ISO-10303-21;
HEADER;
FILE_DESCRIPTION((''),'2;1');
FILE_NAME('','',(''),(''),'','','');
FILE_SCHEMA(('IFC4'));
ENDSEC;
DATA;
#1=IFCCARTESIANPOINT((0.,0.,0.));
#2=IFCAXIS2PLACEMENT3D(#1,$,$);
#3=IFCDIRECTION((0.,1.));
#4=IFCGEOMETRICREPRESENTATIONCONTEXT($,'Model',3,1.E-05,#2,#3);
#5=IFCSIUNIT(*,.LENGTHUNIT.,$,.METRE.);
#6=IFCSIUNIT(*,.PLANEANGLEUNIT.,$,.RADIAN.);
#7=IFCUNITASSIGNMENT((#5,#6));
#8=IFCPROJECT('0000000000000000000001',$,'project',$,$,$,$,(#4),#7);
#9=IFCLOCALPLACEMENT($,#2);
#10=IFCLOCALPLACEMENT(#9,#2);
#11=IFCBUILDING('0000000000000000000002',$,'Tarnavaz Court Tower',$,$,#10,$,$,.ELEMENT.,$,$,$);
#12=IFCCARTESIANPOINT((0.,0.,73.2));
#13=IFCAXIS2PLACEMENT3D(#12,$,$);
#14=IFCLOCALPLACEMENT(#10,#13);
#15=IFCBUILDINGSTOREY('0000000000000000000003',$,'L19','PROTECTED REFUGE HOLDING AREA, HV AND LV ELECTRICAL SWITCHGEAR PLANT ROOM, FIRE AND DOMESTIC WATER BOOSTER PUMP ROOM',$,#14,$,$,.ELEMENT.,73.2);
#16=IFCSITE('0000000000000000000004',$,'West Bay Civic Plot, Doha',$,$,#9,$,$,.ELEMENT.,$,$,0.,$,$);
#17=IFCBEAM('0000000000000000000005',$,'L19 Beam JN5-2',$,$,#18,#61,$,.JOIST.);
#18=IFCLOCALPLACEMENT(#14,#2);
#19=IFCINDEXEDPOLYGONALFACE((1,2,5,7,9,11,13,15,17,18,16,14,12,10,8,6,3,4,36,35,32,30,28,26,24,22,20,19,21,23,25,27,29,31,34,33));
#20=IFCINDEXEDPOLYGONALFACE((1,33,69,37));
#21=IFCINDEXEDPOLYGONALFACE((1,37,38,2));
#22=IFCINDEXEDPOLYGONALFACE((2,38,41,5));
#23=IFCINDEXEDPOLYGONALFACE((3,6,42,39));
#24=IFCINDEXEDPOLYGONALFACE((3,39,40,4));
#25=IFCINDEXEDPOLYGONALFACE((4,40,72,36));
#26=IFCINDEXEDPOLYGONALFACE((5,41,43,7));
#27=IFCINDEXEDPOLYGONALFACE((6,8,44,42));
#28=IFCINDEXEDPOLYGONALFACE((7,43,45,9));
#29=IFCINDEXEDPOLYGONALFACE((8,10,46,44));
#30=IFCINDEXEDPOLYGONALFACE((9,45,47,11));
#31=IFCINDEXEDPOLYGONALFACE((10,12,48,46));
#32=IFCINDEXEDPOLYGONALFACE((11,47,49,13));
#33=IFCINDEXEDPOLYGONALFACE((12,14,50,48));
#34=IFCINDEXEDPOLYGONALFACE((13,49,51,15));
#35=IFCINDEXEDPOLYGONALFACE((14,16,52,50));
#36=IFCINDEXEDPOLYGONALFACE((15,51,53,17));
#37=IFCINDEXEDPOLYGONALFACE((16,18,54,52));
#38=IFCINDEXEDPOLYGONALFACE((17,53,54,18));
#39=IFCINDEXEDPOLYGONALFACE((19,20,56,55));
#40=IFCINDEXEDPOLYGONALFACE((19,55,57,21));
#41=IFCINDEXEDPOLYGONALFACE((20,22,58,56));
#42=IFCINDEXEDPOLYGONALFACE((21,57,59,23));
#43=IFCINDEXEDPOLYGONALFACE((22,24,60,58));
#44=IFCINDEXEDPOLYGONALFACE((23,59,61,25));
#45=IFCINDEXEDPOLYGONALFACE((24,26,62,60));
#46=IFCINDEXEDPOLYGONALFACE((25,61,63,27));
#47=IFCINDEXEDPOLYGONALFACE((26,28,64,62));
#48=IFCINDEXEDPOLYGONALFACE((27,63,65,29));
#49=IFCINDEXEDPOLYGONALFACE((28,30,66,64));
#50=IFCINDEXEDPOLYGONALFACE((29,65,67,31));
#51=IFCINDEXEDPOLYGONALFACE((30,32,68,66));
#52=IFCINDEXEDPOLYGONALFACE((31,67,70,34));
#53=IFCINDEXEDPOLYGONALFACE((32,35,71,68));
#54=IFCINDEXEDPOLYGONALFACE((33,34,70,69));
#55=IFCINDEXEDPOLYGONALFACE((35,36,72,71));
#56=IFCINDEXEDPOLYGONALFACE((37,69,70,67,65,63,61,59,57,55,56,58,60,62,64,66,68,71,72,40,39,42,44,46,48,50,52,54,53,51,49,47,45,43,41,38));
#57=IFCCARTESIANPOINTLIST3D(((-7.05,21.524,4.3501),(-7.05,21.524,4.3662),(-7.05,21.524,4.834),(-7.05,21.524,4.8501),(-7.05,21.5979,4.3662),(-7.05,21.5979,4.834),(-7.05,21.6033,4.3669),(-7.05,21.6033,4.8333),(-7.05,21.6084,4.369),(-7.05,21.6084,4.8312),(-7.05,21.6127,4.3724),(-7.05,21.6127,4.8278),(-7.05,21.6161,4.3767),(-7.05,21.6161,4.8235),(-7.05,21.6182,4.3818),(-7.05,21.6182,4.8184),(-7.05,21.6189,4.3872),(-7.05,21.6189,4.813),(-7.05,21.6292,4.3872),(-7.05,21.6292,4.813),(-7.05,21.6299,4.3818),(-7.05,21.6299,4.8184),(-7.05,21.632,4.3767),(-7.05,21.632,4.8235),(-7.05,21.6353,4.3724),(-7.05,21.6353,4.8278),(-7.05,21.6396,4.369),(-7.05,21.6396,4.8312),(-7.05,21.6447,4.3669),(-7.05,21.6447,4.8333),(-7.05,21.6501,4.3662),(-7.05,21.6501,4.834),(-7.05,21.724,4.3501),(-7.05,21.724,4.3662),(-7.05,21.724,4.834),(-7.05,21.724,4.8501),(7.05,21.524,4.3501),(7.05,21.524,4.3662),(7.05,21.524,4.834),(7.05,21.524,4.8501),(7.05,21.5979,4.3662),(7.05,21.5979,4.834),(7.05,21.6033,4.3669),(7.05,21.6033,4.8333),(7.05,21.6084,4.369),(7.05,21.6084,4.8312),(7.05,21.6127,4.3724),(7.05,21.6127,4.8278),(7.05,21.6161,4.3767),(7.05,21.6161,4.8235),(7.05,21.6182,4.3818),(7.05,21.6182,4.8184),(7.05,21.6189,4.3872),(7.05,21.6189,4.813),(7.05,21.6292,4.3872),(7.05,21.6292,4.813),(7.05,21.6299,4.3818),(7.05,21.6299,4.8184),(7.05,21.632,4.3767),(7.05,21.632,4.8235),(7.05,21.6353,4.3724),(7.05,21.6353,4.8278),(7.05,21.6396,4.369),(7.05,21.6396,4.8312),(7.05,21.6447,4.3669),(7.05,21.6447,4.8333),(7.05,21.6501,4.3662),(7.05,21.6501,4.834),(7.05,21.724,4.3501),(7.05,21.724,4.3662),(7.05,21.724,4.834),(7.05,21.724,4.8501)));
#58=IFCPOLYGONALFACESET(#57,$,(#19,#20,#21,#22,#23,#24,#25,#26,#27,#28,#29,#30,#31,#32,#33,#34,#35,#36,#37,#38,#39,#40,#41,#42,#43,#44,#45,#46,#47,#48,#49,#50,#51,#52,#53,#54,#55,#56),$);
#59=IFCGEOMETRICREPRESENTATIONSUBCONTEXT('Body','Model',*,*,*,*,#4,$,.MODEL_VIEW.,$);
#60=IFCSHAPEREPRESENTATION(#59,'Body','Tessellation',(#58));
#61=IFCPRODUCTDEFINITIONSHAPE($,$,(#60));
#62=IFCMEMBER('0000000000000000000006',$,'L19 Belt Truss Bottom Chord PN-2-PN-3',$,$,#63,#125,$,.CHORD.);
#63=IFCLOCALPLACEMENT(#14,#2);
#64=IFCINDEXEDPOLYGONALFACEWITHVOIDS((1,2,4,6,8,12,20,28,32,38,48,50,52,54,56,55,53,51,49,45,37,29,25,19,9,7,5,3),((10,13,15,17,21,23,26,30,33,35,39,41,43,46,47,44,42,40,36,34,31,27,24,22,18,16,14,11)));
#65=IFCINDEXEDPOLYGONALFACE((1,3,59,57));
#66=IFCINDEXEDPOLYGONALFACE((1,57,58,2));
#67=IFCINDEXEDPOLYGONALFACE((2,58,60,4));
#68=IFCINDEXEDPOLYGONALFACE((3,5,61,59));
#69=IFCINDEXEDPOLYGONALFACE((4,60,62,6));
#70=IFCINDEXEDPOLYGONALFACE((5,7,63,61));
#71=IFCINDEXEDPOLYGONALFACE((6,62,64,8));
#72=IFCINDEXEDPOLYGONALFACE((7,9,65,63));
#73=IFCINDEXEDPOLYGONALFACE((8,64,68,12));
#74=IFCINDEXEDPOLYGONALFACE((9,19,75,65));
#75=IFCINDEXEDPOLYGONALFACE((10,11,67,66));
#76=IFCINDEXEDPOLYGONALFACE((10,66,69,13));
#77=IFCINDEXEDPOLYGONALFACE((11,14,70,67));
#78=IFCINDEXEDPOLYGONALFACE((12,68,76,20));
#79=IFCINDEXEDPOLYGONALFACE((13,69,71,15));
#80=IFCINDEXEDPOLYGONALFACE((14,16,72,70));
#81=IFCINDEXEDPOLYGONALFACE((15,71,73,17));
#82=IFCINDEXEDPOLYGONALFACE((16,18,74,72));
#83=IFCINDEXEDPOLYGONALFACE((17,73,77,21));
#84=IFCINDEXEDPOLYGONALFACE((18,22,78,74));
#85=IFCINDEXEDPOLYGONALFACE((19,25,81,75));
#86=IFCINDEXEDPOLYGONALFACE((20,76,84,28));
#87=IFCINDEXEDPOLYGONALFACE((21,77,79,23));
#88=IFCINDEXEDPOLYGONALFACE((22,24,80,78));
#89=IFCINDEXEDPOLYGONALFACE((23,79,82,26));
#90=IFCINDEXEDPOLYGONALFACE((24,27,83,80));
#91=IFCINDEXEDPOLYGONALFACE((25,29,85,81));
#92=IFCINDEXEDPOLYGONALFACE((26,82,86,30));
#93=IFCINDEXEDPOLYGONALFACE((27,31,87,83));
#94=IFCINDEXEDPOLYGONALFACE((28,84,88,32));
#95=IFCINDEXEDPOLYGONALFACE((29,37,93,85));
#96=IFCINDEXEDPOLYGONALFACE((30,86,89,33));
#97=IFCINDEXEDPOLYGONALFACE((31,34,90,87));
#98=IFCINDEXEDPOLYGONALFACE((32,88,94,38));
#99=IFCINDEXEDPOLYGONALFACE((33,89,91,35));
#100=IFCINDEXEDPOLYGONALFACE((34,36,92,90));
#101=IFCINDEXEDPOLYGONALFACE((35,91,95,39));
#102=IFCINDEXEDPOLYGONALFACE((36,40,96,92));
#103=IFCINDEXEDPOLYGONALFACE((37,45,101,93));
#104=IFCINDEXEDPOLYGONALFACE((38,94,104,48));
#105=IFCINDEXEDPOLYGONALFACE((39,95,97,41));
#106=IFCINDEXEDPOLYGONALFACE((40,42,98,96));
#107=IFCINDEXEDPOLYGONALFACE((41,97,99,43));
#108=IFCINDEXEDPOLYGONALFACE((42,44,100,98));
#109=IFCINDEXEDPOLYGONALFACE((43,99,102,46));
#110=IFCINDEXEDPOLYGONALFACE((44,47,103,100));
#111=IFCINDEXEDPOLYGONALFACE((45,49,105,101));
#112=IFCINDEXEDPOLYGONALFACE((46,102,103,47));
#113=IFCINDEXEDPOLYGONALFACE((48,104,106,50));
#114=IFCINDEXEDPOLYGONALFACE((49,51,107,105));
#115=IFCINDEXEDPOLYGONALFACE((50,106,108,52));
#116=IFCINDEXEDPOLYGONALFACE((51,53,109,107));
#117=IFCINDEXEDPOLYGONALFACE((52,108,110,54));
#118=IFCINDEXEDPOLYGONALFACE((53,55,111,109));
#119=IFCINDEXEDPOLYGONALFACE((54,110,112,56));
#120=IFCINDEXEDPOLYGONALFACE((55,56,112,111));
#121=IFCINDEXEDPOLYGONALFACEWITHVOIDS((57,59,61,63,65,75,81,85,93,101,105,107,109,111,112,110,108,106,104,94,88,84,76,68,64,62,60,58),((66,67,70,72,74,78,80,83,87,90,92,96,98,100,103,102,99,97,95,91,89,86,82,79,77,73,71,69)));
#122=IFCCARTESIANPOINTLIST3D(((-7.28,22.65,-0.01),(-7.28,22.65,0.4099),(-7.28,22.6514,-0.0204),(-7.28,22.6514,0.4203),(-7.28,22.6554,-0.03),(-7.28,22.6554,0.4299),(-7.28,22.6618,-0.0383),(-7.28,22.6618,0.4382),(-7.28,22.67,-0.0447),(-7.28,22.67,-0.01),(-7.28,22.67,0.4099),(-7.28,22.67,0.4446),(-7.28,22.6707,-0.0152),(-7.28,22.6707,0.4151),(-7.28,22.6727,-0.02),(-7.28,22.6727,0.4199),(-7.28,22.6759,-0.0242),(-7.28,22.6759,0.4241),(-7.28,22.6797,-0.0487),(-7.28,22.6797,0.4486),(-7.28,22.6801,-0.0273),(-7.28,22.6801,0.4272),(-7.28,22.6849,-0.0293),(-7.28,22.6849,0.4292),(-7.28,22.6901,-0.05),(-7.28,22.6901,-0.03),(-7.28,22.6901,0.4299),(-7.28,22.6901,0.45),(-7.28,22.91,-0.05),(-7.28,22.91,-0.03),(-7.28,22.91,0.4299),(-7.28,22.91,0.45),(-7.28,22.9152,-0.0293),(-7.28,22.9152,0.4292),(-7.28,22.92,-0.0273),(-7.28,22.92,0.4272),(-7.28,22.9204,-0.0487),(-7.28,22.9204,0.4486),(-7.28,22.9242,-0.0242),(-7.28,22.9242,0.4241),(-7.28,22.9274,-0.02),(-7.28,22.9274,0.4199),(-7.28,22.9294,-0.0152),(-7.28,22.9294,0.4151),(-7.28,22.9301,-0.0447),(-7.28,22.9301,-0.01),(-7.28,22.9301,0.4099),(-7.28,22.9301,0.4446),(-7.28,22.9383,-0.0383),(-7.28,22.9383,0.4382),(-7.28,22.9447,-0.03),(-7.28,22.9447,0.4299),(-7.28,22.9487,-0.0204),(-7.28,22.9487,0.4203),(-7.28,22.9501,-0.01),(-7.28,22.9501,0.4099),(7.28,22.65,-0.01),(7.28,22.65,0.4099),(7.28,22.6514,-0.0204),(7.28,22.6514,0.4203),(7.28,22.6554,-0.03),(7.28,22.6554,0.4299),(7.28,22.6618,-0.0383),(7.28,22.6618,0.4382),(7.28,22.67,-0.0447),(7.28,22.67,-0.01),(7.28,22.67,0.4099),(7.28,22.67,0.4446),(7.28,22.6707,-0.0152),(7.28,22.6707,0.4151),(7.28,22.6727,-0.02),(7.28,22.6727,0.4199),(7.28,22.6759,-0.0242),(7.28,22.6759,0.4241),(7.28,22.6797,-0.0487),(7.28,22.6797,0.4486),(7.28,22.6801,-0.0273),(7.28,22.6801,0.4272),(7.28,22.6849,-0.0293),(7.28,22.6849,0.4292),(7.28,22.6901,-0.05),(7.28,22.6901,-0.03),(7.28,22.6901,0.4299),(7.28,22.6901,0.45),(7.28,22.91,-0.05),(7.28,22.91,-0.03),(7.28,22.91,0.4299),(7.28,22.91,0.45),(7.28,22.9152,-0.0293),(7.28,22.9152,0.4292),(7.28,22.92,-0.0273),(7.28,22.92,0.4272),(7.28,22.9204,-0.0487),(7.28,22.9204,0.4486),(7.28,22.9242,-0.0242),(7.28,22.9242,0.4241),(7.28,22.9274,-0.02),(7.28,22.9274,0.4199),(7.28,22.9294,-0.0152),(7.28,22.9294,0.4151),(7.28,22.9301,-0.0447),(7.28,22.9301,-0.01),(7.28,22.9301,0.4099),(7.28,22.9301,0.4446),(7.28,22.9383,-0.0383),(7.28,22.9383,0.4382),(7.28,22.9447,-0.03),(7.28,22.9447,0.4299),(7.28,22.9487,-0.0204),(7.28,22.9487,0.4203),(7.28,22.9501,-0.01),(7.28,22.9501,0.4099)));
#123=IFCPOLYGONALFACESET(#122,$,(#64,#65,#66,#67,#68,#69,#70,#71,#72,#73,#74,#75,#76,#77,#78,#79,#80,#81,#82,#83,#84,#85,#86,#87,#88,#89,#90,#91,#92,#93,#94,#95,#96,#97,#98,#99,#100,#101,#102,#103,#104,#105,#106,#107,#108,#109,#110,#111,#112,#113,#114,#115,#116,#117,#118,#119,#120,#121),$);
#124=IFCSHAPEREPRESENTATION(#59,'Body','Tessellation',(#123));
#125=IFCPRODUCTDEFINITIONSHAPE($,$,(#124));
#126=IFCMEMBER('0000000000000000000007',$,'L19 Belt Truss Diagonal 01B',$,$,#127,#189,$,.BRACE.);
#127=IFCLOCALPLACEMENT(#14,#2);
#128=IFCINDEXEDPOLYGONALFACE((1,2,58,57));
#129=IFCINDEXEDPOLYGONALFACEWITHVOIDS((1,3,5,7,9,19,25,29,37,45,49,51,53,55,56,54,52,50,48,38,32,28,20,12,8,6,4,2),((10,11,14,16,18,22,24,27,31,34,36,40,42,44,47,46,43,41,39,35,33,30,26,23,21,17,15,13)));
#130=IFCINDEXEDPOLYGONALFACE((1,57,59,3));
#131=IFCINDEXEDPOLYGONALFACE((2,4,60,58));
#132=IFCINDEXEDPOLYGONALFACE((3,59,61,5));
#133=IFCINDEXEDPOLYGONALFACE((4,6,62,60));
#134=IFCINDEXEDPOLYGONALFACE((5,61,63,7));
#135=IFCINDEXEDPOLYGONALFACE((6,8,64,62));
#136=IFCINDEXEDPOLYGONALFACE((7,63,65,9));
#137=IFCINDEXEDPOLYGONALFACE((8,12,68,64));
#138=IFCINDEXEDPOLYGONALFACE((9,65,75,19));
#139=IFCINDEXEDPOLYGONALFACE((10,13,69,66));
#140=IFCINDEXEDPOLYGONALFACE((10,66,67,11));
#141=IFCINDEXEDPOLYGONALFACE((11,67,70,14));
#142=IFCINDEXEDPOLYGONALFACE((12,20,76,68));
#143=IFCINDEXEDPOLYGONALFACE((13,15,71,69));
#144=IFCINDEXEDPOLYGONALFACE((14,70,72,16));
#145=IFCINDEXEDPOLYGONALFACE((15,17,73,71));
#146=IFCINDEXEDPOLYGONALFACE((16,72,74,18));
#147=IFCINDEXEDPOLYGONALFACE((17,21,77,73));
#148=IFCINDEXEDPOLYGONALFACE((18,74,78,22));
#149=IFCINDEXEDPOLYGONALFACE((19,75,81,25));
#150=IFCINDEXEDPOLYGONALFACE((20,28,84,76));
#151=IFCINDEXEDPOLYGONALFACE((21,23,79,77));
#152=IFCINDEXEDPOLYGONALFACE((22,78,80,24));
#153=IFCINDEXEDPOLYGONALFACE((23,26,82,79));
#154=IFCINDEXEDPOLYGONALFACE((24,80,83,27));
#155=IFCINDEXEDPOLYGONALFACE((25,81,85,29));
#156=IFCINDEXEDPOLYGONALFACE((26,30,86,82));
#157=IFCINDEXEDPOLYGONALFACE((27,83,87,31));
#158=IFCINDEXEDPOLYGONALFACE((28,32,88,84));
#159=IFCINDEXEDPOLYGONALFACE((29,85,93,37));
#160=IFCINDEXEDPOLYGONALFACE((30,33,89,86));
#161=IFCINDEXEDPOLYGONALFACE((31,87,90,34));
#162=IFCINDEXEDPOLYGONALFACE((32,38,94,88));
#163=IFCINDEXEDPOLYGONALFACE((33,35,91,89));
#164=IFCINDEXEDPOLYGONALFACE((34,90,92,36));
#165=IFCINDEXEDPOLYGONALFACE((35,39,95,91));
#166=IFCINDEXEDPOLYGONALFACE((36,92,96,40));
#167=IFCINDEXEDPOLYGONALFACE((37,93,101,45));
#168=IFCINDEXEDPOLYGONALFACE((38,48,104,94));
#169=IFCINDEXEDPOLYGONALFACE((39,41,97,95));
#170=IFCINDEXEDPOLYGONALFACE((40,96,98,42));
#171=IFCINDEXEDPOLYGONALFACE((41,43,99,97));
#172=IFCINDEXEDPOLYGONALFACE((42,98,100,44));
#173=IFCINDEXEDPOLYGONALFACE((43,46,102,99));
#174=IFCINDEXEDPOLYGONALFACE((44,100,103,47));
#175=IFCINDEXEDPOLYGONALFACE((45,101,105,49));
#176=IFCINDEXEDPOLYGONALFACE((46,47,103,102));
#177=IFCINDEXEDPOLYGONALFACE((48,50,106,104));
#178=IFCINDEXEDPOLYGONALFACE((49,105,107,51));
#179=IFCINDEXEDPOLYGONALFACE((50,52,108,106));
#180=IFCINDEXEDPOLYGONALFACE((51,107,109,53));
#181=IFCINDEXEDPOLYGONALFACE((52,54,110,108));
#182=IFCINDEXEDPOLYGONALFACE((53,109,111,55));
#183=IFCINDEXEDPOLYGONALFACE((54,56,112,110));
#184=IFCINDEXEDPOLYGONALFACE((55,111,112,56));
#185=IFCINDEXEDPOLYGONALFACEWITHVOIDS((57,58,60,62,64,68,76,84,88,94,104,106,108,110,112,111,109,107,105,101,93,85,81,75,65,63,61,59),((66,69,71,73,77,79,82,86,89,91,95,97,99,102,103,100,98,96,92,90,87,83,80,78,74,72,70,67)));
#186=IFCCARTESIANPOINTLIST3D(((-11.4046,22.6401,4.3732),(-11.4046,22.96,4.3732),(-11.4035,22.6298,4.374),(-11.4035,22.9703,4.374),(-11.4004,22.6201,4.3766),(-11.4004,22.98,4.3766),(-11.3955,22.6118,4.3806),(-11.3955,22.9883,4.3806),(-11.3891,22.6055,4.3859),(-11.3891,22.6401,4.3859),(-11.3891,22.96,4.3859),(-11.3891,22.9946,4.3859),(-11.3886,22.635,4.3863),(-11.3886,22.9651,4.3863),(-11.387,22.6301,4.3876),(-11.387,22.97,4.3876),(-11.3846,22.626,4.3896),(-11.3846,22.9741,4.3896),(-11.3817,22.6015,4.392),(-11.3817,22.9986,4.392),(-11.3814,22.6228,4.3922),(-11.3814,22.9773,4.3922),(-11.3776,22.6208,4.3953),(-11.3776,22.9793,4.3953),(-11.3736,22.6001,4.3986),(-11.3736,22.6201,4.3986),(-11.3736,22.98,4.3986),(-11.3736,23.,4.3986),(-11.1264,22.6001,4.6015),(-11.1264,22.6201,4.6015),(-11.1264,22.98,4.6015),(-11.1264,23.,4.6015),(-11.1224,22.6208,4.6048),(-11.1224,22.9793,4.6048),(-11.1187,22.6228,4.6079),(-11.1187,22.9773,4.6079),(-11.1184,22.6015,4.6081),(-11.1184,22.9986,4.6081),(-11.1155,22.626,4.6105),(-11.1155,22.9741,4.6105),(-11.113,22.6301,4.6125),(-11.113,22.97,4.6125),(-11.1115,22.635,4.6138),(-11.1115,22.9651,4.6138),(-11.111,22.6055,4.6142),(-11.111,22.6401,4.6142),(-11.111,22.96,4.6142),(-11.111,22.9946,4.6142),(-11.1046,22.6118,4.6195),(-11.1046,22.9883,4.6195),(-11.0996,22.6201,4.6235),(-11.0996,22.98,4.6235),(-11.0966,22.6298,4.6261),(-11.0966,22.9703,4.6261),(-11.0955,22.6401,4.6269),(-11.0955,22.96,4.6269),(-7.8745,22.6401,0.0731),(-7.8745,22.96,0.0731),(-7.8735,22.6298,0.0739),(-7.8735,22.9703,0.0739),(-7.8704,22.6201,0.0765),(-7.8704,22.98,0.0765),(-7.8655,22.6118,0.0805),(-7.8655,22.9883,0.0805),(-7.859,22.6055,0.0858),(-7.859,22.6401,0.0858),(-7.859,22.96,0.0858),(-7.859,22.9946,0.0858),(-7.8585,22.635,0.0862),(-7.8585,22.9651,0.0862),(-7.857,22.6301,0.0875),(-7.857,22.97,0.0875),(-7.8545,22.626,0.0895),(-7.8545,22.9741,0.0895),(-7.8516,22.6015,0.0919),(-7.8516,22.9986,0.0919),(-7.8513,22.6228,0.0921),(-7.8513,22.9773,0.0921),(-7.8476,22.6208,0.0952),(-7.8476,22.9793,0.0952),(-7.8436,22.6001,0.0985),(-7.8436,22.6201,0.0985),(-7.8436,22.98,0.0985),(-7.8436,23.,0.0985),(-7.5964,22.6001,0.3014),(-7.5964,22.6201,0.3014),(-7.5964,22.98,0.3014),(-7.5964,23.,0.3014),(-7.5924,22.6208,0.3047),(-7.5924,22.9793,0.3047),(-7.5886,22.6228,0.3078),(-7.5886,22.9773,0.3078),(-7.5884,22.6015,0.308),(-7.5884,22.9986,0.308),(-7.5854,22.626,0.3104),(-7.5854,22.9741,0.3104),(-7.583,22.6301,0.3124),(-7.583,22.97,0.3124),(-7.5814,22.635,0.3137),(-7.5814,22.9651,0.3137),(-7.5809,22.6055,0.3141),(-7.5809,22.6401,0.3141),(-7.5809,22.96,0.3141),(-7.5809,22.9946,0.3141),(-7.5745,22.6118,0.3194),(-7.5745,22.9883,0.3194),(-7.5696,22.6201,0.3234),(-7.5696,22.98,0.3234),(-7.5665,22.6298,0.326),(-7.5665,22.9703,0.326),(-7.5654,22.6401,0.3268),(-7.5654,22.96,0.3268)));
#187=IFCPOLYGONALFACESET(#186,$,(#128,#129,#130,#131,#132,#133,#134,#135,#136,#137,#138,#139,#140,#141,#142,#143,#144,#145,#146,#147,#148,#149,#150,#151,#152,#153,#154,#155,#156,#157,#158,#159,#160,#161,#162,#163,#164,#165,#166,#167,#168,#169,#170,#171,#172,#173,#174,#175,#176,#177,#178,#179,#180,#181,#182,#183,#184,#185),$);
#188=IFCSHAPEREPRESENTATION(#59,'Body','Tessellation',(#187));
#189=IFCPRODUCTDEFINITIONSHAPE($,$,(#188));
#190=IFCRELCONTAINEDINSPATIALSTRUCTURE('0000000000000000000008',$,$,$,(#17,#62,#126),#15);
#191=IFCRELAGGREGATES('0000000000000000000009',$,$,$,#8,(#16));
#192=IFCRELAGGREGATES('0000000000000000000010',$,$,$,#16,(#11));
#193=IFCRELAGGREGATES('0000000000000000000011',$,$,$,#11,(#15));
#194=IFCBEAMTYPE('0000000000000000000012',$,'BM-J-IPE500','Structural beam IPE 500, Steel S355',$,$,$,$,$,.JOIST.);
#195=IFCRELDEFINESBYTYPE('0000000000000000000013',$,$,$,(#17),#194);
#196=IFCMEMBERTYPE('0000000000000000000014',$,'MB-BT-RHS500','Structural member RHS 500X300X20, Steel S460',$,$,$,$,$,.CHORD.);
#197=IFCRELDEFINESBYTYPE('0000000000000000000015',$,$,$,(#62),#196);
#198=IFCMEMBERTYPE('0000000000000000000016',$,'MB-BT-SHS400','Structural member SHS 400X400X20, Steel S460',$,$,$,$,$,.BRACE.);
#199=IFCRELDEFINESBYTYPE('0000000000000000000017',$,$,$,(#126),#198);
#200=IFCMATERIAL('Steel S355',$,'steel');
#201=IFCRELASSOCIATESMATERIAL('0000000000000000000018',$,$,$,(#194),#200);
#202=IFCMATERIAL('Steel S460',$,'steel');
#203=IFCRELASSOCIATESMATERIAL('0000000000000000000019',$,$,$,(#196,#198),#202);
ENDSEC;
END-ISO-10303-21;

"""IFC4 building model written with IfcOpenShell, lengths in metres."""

from ifc_helpers import new_model, si_unit, direction, frame, origin, origin_2d, place, context, subcontext, project, spatial, hollow_rectangle, i_section, extrude, material, material_profile, profile_set, type_object, element, save


model = new_model("IFC4")

# Units and contexts
model_context = context("Model", 3, precision=1e-05, world=origin(), true_north=direction((0.0, 1.0)))
body_context = subcontext(model_context, "Body", "Model", "MODEL_VIEW")
ifc_project = project(units=[si_unit("LENGTHUNIT", "METRE"), si_unit("PLANEANGLEUNIT", "RADIAN")], contexts=[model_context])

# Site, building, storey
site_placement = place(None, origin())
site = spatial("IfcSite", under=ifc_project, at=site_placement, Name="West Bay Civic Plot, Doha", CompositionType="ELEMENT", RefElevation=0.0)
building_placement = place(site_placement, origin())
building = spatial("IfcBuilding", under=site, at=building_placement, Name="Tarnavaz Court Tower", CompositionType="ELEMENT")
storey_placement = place(building_placement, frame((0.0, 0.0, 73.2)))
storey = spatial("IfcBuildingStorey", under=building, at=storey_placement, Name="L19", Description="PROTECTED REFUGE HOLDING AREA, HV AND LV ELECTRICAL SWITCHGEAR PLANT ROOM, FIRE AND DOMESTIC WATER BOOSTER PUMP ROOM", CompositionType="ELEMENT", Elevation=73.2)

# Shared definitions
ifc_material_1 = material(Name="Steel S460", Category="steel")

# Beam
ifc_material_2 = material(Name="Steel S355", Category="steel")
ifc_material_profile_1 = material_profile(ifc_material_2, i_section(OverallWidth=0.2, OverallDepth=0.5, WebThickness=0.0103, FlangeThickness=0.0161, FilletRadius=0.021, at=origin_2d()), Name="IPE 500")
ifc_profile_set_1 = profile_set([ifc_material_profile_1], Name="Steel S355")
beam_type_1 = type_object("IfcBeamType", Name="BM-J-IPE500", Description="Structural beam IPE 500, Steel S355", PredefinedType="JOIST", material=ifc_profile_set_1)
beam_1_placement = place(storey_placement, frame((-7.05, 21.624, 4.6001), z_axis=(1.0, 0.0, 0.0), x_axis=(0.0, 1.0, 0.0)))
element("IfcBeam", 1, at=beam_1_placement, inside=storey, type_object=beam_type_1, Name="L19 Beam JN5-2", PredefinedType="JOIST", context=body_context, shape_type="SweptSolid", body=[
    extrude(i_section(OverallWidth=0.2, OverallDepth=0.5, WebThickness=0.0103, FlangeThickness=0.0161, FilletRadius=0.021, at=origin_2d()), origin(), (0.0, 0.0, 1.0), 14.1001),
])

# Members
ifc_material_profile_2 = material_profile(ifc_material_1, hollow_rectangle(XDim=0.3, YDim=0.5, WallThickness=0.02, InnerFilletRadius=0.02, OuterFilletRadius=0.04, at=origin_2d()), Name="RHS 500X300X20")
ifc_profile_set_2 = profile_set([ifc_material_profile_2], Name="Steel S460")
member_type_1 = type_object("IfcMemberType", Name="MB-BT-RHS500", Description="Structural member RHS 500X300X20, Steel S460", PredefinedType="CHORD", material=ifc_profile_set_2)
member_1_placement = place(storey_placement, frame((-7.28, 22.8, 0.2), z_axis=(1.0, 0.0, 0.0), x_axis=(0.0, 1.0, 0.0)))
element("IfcMember", 2, at=member_1_placement, inside=storey, type_object=member_type_1, Name="L19 Belt Truss Bottom Chord PN-2-PN-3", PredefinedType="CHORD", context=body_context, shape_type="SweptSolid", body=[
    extrude(hollow_rectangle(XDim=0.3, YDim=0.5, WallThickness=0.02, InnerFilletRadius=0.02, OuterFilletRadius=0.04, at=origin_2d()), origin(), (0.0, 0.0, 1.0), 14.5601),
])
ifc_material_profile_3 = material_profile(ifc_material_1, hollow_rectangle(XDim=0.3999, YDim=0.3999, WallThickness=0.02, InnerFilletRadius=0.02, OuterFilletRadius=0.04, at=origin_2d()), Name="SHS 400X400X20")
ifc_profile_set_3 = profile_set([ifc_material_profile_3], Name="Steel S460")
member_type_2 = type_object("IfcMemberType", Name="MB-BT-SHS400", Description="Structural member SHS 400X400X20, Steel S460", PredefinedType="BRACE", material=ifc_profile_set_3)
member_2_placement = place(storey_placement, frame((-7.72, 22.8, 0.2), z_axis=(-0.634508, 0.0, 0.772916), x_axis=(0.0, -1.0, 0.0)))
element("IfcMember", 3, at=member_2_placement, inside=storey, type_object=member_type_2, Name="L19 Belt Truss Diagonal 01B", PredefinedType="BRACE", context=body_context, shape_type="SweptSolid", body=[
    extrude(hollow_rectangle(XDim=0.3999, YDim=0.3999, WallThickness=0.02, InnerFilletRadius=0.02, OuterFilletRadius=0.04, at=origin_2d()), origin(), (0.0, 0.0, 1.0), 5.5635),
])

save(model, "model.ifc")
